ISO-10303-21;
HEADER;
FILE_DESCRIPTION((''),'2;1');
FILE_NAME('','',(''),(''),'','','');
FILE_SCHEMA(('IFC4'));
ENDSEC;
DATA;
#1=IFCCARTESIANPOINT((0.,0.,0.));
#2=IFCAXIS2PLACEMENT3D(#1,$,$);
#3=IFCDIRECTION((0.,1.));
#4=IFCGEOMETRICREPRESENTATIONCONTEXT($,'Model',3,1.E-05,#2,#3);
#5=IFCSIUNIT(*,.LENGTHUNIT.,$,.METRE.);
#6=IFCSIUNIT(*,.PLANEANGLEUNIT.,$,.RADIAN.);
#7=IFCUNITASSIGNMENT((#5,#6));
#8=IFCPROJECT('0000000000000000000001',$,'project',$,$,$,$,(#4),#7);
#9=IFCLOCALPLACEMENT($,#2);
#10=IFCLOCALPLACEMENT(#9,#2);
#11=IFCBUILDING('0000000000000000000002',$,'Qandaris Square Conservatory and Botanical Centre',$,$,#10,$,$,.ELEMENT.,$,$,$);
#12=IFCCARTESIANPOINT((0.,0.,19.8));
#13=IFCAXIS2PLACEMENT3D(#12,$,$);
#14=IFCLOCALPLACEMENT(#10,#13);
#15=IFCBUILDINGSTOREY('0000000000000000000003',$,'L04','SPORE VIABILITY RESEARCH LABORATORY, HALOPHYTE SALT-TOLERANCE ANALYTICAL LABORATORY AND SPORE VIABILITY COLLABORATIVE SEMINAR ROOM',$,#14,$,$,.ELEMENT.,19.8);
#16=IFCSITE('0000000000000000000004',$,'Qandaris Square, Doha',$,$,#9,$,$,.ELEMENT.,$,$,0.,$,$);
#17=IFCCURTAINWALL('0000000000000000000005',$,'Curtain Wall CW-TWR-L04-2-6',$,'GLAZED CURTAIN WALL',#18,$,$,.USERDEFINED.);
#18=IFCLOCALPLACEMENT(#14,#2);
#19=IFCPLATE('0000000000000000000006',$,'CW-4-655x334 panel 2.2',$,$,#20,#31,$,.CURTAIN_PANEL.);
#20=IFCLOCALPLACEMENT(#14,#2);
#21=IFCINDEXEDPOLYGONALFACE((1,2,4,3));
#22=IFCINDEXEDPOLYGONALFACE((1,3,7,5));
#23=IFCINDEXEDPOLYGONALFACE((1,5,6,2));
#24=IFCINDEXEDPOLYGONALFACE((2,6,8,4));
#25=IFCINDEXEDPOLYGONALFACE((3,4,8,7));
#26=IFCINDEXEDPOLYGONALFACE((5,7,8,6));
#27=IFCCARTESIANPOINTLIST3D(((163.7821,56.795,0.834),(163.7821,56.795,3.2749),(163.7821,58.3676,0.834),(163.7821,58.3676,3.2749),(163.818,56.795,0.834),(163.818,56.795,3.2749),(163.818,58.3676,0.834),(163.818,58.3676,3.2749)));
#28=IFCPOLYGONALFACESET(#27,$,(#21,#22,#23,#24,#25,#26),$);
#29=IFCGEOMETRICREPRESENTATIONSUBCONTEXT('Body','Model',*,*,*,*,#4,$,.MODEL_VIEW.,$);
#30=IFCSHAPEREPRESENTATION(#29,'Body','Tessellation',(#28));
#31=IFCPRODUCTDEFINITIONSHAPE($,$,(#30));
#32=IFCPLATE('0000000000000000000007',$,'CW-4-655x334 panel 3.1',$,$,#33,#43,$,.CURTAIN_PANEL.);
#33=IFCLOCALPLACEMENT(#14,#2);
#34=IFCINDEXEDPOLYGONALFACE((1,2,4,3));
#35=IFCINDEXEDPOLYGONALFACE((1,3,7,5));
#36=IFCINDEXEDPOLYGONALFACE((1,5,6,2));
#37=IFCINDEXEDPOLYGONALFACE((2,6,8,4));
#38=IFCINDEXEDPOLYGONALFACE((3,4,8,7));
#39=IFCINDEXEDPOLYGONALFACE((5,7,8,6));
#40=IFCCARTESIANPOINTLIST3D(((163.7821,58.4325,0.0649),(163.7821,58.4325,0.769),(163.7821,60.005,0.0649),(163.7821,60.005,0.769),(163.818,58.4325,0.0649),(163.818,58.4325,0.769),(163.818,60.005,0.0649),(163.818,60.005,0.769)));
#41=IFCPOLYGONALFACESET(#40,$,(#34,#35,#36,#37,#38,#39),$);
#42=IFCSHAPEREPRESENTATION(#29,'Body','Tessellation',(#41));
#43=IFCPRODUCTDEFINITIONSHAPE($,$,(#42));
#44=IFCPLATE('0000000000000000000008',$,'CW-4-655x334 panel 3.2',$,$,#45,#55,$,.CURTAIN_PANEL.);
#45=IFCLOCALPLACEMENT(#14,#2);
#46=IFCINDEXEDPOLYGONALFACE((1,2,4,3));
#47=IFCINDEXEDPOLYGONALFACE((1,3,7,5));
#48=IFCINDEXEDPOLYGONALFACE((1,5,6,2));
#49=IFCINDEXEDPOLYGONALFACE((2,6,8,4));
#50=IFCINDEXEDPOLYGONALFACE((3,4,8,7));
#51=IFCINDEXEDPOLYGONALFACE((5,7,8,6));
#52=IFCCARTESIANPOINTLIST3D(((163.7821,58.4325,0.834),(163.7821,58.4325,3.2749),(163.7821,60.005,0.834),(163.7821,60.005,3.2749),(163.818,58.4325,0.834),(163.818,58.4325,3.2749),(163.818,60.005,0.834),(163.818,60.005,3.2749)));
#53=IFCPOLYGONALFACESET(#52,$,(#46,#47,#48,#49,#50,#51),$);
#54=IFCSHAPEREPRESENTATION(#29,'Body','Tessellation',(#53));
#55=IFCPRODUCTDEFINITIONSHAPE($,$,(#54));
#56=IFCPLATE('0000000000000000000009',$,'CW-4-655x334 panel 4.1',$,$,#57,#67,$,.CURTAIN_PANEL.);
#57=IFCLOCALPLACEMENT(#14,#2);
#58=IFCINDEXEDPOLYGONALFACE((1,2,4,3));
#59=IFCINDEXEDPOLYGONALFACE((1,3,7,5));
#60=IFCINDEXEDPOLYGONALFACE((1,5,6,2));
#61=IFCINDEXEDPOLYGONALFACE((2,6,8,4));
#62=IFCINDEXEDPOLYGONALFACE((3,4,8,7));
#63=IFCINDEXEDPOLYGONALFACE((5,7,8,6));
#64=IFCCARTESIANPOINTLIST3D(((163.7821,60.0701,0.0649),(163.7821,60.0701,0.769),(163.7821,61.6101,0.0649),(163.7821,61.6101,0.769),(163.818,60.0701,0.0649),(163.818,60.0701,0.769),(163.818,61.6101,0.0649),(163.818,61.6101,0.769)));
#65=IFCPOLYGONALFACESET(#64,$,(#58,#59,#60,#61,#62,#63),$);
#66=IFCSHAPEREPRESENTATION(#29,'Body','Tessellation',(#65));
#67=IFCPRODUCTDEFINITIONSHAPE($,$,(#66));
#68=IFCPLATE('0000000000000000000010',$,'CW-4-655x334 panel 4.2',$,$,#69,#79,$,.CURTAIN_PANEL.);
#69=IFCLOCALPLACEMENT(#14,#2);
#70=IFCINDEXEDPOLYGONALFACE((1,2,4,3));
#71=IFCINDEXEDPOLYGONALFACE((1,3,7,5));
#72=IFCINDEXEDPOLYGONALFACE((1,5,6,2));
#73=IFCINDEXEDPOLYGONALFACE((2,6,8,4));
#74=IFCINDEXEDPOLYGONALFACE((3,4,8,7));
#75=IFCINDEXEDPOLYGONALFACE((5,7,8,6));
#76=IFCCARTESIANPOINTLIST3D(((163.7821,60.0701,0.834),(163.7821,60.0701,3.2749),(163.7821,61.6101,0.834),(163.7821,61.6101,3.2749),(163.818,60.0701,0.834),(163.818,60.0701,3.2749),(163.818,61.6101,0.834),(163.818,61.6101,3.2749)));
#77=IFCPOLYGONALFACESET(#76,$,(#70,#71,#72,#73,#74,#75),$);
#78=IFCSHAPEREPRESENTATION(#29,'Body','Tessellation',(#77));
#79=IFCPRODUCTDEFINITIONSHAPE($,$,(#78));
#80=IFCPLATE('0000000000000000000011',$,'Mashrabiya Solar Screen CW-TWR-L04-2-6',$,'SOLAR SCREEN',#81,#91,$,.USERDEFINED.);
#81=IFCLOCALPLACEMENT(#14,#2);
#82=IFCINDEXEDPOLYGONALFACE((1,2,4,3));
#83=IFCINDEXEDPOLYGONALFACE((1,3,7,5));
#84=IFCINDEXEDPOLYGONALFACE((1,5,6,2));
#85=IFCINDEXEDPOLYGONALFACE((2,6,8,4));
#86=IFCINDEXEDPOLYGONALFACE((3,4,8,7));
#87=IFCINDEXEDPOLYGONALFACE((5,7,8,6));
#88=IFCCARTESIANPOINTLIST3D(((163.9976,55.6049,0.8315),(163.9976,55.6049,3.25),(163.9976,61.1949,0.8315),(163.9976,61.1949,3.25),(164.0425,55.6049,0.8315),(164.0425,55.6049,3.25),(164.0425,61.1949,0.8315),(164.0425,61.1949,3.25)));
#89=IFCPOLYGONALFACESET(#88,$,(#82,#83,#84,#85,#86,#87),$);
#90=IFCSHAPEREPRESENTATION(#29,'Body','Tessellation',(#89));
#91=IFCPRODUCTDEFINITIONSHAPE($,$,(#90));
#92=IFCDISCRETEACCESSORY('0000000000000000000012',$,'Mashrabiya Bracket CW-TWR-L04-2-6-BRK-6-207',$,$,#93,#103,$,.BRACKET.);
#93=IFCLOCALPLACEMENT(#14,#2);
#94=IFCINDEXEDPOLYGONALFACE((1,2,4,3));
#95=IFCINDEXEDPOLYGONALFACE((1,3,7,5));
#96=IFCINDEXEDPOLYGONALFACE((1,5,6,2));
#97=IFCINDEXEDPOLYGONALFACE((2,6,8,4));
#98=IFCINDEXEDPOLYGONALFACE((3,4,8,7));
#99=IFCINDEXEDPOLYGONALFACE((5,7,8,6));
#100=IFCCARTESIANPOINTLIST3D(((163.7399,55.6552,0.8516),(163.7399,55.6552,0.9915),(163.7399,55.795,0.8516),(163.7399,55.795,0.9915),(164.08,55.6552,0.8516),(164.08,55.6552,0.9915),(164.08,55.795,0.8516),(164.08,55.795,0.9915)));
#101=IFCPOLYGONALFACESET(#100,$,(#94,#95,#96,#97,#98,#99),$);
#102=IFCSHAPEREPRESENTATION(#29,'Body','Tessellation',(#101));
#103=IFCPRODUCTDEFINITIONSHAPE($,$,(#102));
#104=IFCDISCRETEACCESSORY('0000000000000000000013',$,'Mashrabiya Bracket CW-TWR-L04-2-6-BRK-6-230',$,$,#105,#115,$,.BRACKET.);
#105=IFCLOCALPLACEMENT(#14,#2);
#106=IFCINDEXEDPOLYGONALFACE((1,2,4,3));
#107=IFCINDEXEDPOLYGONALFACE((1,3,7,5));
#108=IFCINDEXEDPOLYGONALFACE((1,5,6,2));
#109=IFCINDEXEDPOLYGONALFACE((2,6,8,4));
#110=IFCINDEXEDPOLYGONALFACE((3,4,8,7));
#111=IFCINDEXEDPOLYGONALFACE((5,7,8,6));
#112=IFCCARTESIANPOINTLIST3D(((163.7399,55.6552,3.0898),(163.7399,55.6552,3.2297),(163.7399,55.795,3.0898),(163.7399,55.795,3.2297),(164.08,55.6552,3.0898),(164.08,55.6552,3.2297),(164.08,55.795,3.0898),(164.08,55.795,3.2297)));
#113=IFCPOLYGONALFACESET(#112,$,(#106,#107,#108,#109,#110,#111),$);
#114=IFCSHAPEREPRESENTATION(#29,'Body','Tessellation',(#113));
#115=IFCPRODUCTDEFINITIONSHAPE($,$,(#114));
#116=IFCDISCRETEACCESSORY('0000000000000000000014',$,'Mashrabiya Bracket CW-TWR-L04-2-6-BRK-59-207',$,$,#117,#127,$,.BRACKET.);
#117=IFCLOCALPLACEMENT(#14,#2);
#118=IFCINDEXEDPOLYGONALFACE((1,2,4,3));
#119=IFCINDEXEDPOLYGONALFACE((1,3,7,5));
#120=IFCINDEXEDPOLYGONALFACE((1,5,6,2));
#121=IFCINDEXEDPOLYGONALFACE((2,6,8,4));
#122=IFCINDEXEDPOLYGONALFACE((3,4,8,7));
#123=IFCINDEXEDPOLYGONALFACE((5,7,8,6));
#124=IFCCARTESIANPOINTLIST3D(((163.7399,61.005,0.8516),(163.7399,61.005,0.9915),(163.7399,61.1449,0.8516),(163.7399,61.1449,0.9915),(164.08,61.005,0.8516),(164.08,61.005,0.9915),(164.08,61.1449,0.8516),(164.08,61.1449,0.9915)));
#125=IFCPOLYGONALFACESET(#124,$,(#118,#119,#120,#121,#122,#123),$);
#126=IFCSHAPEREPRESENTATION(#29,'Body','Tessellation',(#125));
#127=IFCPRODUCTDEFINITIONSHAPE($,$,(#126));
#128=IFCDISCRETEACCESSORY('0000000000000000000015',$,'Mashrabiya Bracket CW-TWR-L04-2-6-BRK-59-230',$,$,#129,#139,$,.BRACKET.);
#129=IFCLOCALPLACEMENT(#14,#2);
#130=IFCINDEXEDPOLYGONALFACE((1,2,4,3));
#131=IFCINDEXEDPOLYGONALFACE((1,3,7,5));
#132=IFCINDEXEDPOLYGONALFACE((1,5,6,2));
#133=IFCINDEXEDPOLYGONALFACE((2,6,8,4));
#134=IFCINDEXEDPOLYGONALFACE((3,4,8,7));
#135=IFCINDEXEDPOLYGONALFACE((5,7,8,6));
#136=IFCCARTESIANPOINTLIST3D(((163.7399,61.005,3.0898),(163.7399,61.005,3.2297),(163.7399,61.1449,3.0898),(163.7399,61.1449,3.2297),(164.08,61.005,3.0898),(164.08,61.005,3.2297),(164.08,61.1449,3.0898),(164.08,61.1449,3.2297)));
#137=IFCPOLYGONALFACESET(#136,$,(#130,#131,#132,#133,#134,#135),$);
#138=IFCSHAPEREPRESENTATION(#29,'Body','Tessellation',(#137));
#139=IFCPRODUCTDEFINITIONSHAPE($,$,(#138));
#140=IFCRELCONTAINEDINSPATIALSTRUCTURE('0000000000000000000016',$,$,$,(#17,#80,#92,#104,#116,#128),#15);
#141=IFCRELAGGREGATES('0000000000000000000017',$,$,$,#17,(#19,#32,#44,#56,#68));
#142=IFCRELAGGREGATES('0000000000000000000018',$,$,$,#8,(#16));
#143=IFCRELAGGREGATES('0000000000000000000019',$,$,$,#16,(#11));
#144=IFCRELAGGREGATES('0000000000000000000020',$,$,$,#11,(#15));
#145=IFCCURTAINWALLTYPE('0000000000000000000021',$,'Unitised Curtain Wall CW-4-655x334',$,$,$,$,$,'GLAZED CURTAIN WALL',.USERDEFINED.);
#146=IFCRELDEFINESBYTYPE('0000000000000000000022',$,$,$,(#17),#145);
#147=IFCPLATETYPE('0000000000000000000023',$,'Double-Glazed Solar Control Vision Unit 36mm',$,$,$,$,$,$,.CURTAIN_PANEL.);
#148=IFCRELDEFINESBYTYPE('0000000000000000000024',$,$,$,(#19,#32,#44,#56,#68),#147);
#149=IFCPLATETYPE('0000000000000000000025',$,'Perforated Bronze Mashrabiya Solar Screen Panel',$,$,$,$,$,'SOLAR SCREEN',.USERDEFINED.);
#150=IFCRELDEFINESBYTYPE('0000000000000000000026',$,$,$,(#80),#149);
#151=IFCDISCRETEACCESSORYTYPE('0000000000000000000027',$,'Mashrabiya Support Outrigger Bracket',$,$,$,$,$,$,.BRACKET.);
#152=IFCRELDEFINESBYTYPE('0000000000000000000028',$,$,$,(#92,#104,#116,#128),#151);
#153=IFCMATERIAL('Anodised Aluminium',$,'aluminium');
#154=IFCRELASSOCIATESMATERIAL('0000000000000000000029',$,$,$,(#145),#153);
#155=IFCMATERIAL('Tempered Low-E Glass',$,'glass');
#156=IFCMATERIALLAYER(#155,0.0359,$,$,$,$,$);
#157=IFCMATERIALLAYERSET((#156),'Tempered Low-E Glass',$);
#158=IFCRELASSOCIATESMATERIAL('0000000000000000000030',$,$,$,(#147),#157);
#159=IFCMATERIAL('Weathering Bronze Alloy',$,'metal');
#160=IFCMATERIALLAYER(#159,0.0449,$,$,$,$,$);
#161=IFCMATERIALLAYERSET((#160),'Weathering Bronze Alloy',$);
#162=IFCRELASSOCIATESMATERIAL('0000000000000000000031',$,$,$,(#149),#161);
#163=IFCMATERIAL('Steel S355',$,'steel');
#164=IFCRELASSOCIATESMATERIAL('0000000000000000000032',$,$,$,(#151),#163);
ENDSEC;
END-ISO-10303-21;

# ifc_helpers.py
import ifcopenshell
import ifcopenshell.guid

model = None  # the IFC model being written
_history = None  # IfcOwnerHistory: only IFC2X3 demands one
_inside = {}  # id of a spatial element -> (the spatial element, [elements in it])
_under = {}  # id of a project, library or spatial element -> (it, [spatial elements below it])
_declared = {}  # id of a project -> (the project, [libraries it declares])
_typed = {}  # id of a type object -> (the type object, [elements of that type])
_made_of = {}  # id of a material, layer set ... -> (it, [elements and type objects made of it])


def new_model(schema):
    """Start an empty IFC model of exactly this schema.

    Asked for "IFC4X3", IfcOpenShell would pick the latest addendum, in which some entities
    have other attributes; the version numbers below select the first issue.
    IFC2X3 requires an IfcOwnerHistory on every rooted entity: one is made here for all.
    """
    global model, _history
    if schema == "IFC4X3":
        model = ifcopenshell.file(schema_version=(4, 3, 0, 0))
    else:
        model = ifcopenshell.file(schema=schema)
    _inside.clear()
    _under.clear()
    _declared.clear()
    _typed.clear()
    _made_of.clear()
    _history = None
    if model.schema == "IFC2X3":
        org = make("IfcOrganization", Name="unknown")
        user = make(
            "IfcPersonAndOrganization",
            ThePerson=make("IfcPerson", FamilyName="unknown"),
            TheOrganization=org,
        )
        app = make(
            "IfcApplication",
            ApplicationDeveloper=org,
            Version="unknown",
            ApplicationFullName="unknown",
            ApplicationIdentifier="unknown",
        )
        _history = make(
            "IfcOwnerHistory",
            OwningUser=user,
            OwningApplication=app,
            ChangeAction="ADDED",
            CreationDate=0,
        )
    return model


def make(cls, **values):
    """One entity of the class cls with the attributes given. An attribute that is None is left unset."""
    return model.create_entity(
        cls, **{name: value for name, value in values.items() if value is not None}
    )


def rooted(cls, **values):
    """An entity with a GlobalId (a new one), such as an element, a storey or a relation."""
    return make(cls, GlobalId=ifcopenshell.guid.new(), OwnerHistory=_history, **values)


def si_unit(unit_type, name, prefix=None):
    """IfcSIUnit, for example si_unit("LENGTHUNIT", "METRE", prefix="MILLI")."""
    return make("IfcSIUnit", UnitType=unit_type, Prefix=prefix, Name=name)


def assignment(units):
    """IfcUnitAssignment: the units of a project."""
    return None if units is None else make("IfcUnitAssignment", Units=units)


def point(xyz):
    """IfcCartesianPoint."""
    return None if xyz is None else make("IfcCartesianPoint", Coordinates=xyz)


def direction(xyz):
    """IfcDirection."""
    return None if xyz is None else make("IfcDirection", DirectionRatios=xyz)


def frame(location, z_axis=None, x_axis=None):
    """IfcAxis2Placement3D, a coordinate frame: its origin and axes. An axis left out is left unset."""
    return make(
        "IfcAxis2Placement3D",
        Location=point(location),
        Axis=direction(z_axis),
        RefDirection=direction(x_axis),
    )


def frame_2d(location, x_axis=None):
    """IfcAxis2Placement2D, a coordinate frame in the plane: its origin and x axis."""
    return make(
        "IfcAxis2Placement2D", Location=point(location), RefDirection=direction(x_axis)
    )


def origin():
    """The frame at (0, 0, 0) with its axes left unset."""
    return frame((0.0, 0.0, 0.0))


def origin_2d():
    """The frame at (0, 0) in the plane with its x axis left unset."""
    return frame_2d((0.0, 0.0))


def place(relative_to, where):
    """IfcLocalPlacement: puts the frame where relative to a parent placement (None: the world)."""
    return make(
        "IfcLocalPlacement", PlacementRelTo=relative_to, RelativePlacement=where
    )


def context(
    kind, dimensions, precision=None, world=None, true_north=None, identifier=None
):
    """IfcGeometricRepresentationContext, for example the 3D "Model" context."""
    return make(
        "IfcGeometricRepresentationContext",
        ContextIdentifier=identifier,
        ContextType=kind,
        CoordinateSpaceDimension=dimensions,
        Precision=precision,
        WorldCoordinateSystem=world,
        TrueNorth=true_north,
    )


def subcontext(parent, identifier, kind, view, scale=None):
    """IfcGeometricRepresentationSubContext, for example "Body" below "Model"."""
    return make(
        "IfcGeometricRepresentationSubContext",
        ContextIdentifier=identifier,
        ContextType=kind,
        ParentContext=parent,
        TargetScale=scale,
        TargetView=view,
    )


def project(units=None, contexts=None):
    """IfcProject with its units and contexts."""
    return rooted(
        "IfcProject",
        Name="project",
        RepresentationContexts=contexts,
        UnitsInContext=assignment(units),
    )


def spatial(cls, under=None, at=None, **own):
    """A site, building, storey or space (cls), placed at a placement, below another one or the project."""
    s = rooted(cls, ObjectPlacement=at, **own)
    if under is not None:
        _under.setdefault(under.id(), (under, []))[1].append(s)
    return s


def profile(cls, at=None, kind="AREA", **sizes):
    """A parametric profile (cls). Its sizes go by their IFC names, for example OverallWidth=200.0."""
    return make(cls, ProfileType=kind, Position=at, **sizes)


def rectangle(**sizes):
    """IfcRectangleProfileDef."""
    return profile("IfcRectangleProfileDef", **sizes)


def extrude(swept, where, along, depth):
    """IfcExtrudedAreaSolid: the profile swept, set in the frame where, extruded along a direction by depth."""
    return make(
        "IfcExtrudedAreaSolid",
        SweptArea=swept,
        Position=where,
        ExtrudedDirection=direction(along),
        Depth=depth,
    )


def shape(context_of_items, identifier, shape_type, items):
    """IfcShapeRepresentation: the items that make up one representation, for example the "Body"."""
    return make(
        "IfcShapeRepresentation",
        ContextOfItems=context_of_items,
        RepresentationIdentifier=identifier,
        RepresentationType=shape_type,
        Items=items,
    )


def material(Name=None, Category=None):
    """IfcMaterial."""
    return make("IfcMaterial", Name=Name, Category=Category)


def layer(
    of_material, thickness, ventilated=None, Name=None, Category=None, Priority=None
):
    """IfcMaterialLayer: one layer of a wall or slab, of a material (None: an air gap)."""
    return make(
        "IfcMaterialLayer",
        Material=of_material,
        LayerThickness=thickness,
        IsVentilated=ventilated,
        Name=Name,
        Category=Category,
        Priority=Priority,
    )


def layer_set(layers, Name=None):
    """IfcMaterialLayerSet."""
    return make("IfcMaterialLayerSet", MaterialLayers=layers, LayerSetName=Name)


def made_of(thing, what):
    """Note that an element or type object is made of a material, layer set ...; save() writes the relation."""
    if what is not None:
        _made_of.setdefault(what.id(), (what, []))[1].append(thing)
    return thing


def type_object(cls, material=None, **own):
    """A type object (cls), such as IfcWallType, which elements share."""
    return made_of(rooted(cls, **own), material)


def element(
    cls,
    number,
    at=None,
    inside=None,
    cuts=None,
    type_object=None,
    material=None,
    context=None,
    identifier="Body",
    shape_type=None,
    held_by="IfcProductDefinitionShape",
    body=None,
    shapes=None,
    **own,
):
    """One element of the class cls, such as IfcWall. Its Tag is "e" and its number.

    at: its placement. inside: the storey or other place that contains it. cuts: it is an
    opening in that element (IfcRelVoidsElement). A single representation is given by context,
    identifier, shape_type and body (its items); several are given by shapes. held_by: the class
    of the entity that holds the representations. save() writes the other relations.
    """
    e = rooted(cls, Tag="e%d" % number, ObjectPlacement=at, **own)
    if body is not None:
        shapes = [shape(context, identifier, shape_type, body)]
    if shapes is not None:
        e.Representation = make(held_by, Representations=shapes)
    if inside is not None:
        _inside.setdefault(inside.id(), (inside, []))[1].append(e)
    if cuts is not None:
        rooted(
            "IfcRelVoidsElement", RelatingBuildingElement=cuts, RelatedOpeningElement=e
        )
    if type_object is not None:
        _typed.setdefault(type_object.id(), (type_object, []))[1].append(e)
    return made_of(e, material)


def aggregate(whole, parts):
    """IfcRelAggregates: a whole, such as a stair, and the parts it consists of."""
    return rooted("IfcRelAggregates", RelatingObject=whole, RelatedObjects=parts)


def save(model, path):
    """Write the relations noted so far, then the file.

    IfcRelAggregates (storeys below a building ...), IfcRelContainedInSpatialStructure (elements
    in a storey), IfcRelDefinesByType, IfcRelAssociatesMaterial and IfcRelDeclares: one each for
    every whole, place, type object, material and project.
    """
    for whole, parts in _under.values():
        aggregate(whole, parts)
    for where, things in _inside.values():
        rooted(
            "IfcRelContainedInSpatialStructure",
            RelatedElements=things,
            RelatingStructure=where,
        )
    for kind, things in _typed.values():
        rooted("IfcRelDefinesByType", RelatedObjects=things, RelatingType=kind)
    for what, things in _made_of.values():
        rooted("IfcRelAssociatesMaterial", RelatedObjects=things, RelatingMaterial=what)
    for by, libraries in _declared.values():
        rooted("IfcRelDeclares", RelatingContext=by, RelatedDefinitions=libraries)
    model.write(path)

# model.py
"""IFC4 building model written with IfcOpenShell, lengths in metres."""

from ifc_helpers import new_model, si_unit, direction, frame, origin, origin_2d, place, context, subcontext, project, spatial, rectangle, extrude, material, layer, layer_set, type_object, element, aggregate, save


model = new_model("IFC4")

# Units and contexts
model_context = context("Model", 3, precision=1e-05, world=origin(), true_north=direction((0.0, 1.0)))
body_context = subcontext(model_context, "Body", "Model", "MODEL_VIEW")
ifc_project = project(units=[si_unit("LENGTHUNIT", "METRE"), si_unit("PLANEANGLEUNIT", "RADIAN")], contexts=[model_context])

# Site, building, storey
site_placement = place(None, origin())
site = spatial("IfcSite", under=ifc_project, at=site_placement, Name="Qandaris Square, Doha", CompositionType="ELEMENT", RefElevation=0.0)
building_placement = place(site_placement, origin())
building = spatial("IfcBuilding", under=site, at=building_placement, Name="Qandaris Square Conservatory and Botanical Centre", CompositionType="ELEMENT")
storey_placement = place(building_placement, frame((0.0, 0.0, 19.8)))
storey = spatial("IfcBuildingStorey", under=building, at=storey_placement, Name="L04", Description="SPORE VIABILITY RESEARCH LABORATORY, HALOPHYTE SALT-TOLERANCE ANALYTICAL LABORATORY AND SPORE VIABILITY COLLABORATIVE SEMINAR ROOM", CompositionType="ELEMENT", Elevation=19.8)

# Curtain wall, plates
ifc_material_1 = material(Name="Anodised Aluminium", Category="aluminium")
curtain_wall_type = type_object("IfcCurtainWallType", Name="Unitised Curtain Wall CW-4-655x334", ElementType="GLAZED CURTAIN WALL", PredefinedType="USERDEFINED", material=ifc_material_1)
curtain_wall_placement = place(storey_placement, origin())
curtain_wall = element("IfcCurtainWall", 1, at=curtain_wall_placement, inside=storey, type_object=curtain_wall_type, Name="Curtain Wall CW-TWR-L04-2-6", ObjectType="GLAZED CURTAIN WALL", PredefinedType="USERDEFINED")
ifc_material_2 = material(Name="Tempered Low-E Glass", Category="glass")
ifc_layer_1 = layer(ifc_material_2, 0.0359)
ifc_layer_set_1 = layer_set([ifc_layer_1], Name="Tempered Low-E Glass")
plate_type_1 = type_object("IfcPlateType", Name="Double-Glazed Solar Control Vision Unit 36mm", PredefinedType="CURTAIN_PANEL", material=ifc_layer_set_1)
plate_1_placement = place(storey_placement, frame((163.8, 57.5813, 0.834), z_axis=(0.0, 0.0, 1.0), x_axis=(0.0, 1.0, 0.0)))
plate_1 = element("IfcPlate", 2, at=plate_1_placement, type_object=plate_type_1, Name="CW-4-655x334 panel 2.2", PredefinedType="CURTAIN_PANEL", context=body_context, shape_type="SweptSolid", body=[
    extrude(rectangle(XDim=1.5725, YDim=0.0359, at=origin_2d()), origin(), (0.0, 0.0, 1.0), 2.4409),
])
plate_2_placement = place(storey_placement, frame((163.8, 59.2188, 0.0649), z_axis=(0.0, 0.0, 1.0), x_axis=(0.0, 1.0, 0.0)))
plate_2 = element("IfcPlate", 3, at=plate_2_placement, type_object=plate_type_1, Name="CW-4-655x334 panel 3.1", PredefinedType="CURTAIN_PANEL", context=body_context, shape_type="SweptSolid", body=[
    extrude(rectangle(XDim=1.5725, YDim=0.0359, at=origin_2d()), origin(), (0.0, 0.0, 1.0), 0.7041),
])
plate_3_placement = place(storey_placement, frame((163.8, 59.2188, 0.834), z_axis=(0.0, 0.0, 1.0), x_axis=(0.0, 1.0, 0.0)))
plate_3 = element("IfcPlate", 4, at=plate_3_placement, type_object=plate_type_1, Name="CW-4-655x334 panel 3.2", PredefinedType="CURTAIN_PANEL", context=body_context, shape_type="SweptSolid", body=[
    extrude(rectangle(XDim=1.5725, YDim=0.0359, at=origin_2d()), origin(), (0.0, 0.0, 1.0), 2.4409),
])
plate_4_placement = place(storey_placement, frame((163.8, 60.8401, 0.0649), z_axis=(0.0, 0.0, 1.0), x_axis=(0.0, 1.0, 0.0)))
plate_4 = element("IfcPlate", 5, at=plate_4_placement, type_object=plate_type_1, Name="CW-4-655x334 panel 4.1", PredefinedType="CURTAIN_PANEL", context=body_context, shape_type="SweptSolid", body=[
    extrude(rectangle(XDim=1.54, YDim=0.0359, at=origin_2d()), origin(), (0.0, 0.0, 1.0), 0.7041),
])
plate_5_placement = place(storey_placement, frame((163.8, 60.8401, 0.834), z_axis=(0.0, 0.0, 1.0), x_axis=(0.0, 1.0, 0.0)))
plate_5 = element("IfcPlate", 6, at=plate_5_placement, type_object=plate_type_1, Name="CW-4-655x334 panel 4.2", PredefinedType="CURTAIN_PANEL", context=body_context, shape_type="SweptSolid", body=[
    extrude(rectangle(XDim=1.54, YDim=0.0359, at=origin_2d()), origin(), (0.0, 0.0, 1.0), 2.4409),
])
aggregate(curtain_wall, [plate_1, plate_2, plate_3, plate_4, plate_5])

# Plate
ifc_material_3 = material(Name="Weathering Bronze Alloy", Category="metal")
ifc_layer_2 = layer(ifc_material_3, 0.0449)
ifc_layer_set_2 = layer_set([ifc_layer_2], Name="Weathering Bronze Alloy")
plate_type_2 = type_object("IfcPlateType", Name="Perforated Bronze Mashrabiya Solar Screen Panel", ElementType="SOLAR SCREEN", PredefinedType="USERDEFINED", material=ifc_layer_set_2)
plate_6_placement = place(storey_placement, frame((164.02, 58.3999, 0.8315), z_axis=(0.0, 0.0, 1.0), x_axis=(0.0, 1.0, 0.0)))
element("IfcPlate", 7, at=plate_6_placement, inside=storey, type_object=plate_type_2, Name="Mashrabiya Solar Screen CW-TWR-L04-2-6", ObjectType="SOLAR SCREEN", PredefinedType="USERDEFINED", context=body_context, shape_type="SweptSolid", body=[
    extrude(rectangle(XDim=5.5901, YDim=0.0449, at=origin_2d()), origin(), (0.0, 0.0, 1.0), 2.4185),
])

# Discrete accessories
ifc_material_4 = material(Name="Steel S355", Category="steel")
discrete_accessory_type = type_object("IfcDiscreteAccessoryType", Name="Mashrabiya Support Outrigger Bracket", PredefinedType="BRACKET", material=ifc_material_4)
for number, where, z_axis, x_axis, name in (
    (8, (163.9099, 55.7251, 0.8516), (0.0, 0.0, 1.0), (0.0, 1.0, 0.0), "Mashrabiya Bracket CW-TWR-L04-2-6-BRK-6-207"),
    (9, (163.9099, 55.7251, 3.0898), (0.0, 0.0, 1.0), (0.0, 1.0, 0.0), "Mashrabiya Bracket CW-TWR-L04-2-6-BRK-6-230"),
    (10, (163.9099, 61.075, 0.8516), (0.0, 0.0, 1.0), (0.0, 1.0, 0.0), "Mashrabiya Bracket CW-TWR-L04-2-6-BRK-59-207"),
    (11, (163.9099, 61.075, 3.0898), (0.0, 0.0, 1.0), (0.0, 1.0, 0.0), "Mashrabiya Bracket CW-TWR-L04-2-6-BRK-59-230"),
):
    element("IfcDiscreteAccessory", number, at=place(storey_placement, frame(where, z_axis=z_axis, x_axis=x_axis)), inside=storey, type_object=discrete_accessory_type, Name=name, PredefinedType="BRACKET", context=body_context, shape_type="SweptSolid", body=[
        extrude(rectangle(XDim=0.1399, YDim=0.3401, at=origin_2d()), origin(), (0.0, 0.0, 1.0), 0.1399),
    ])

save(model, "model.ifc")
